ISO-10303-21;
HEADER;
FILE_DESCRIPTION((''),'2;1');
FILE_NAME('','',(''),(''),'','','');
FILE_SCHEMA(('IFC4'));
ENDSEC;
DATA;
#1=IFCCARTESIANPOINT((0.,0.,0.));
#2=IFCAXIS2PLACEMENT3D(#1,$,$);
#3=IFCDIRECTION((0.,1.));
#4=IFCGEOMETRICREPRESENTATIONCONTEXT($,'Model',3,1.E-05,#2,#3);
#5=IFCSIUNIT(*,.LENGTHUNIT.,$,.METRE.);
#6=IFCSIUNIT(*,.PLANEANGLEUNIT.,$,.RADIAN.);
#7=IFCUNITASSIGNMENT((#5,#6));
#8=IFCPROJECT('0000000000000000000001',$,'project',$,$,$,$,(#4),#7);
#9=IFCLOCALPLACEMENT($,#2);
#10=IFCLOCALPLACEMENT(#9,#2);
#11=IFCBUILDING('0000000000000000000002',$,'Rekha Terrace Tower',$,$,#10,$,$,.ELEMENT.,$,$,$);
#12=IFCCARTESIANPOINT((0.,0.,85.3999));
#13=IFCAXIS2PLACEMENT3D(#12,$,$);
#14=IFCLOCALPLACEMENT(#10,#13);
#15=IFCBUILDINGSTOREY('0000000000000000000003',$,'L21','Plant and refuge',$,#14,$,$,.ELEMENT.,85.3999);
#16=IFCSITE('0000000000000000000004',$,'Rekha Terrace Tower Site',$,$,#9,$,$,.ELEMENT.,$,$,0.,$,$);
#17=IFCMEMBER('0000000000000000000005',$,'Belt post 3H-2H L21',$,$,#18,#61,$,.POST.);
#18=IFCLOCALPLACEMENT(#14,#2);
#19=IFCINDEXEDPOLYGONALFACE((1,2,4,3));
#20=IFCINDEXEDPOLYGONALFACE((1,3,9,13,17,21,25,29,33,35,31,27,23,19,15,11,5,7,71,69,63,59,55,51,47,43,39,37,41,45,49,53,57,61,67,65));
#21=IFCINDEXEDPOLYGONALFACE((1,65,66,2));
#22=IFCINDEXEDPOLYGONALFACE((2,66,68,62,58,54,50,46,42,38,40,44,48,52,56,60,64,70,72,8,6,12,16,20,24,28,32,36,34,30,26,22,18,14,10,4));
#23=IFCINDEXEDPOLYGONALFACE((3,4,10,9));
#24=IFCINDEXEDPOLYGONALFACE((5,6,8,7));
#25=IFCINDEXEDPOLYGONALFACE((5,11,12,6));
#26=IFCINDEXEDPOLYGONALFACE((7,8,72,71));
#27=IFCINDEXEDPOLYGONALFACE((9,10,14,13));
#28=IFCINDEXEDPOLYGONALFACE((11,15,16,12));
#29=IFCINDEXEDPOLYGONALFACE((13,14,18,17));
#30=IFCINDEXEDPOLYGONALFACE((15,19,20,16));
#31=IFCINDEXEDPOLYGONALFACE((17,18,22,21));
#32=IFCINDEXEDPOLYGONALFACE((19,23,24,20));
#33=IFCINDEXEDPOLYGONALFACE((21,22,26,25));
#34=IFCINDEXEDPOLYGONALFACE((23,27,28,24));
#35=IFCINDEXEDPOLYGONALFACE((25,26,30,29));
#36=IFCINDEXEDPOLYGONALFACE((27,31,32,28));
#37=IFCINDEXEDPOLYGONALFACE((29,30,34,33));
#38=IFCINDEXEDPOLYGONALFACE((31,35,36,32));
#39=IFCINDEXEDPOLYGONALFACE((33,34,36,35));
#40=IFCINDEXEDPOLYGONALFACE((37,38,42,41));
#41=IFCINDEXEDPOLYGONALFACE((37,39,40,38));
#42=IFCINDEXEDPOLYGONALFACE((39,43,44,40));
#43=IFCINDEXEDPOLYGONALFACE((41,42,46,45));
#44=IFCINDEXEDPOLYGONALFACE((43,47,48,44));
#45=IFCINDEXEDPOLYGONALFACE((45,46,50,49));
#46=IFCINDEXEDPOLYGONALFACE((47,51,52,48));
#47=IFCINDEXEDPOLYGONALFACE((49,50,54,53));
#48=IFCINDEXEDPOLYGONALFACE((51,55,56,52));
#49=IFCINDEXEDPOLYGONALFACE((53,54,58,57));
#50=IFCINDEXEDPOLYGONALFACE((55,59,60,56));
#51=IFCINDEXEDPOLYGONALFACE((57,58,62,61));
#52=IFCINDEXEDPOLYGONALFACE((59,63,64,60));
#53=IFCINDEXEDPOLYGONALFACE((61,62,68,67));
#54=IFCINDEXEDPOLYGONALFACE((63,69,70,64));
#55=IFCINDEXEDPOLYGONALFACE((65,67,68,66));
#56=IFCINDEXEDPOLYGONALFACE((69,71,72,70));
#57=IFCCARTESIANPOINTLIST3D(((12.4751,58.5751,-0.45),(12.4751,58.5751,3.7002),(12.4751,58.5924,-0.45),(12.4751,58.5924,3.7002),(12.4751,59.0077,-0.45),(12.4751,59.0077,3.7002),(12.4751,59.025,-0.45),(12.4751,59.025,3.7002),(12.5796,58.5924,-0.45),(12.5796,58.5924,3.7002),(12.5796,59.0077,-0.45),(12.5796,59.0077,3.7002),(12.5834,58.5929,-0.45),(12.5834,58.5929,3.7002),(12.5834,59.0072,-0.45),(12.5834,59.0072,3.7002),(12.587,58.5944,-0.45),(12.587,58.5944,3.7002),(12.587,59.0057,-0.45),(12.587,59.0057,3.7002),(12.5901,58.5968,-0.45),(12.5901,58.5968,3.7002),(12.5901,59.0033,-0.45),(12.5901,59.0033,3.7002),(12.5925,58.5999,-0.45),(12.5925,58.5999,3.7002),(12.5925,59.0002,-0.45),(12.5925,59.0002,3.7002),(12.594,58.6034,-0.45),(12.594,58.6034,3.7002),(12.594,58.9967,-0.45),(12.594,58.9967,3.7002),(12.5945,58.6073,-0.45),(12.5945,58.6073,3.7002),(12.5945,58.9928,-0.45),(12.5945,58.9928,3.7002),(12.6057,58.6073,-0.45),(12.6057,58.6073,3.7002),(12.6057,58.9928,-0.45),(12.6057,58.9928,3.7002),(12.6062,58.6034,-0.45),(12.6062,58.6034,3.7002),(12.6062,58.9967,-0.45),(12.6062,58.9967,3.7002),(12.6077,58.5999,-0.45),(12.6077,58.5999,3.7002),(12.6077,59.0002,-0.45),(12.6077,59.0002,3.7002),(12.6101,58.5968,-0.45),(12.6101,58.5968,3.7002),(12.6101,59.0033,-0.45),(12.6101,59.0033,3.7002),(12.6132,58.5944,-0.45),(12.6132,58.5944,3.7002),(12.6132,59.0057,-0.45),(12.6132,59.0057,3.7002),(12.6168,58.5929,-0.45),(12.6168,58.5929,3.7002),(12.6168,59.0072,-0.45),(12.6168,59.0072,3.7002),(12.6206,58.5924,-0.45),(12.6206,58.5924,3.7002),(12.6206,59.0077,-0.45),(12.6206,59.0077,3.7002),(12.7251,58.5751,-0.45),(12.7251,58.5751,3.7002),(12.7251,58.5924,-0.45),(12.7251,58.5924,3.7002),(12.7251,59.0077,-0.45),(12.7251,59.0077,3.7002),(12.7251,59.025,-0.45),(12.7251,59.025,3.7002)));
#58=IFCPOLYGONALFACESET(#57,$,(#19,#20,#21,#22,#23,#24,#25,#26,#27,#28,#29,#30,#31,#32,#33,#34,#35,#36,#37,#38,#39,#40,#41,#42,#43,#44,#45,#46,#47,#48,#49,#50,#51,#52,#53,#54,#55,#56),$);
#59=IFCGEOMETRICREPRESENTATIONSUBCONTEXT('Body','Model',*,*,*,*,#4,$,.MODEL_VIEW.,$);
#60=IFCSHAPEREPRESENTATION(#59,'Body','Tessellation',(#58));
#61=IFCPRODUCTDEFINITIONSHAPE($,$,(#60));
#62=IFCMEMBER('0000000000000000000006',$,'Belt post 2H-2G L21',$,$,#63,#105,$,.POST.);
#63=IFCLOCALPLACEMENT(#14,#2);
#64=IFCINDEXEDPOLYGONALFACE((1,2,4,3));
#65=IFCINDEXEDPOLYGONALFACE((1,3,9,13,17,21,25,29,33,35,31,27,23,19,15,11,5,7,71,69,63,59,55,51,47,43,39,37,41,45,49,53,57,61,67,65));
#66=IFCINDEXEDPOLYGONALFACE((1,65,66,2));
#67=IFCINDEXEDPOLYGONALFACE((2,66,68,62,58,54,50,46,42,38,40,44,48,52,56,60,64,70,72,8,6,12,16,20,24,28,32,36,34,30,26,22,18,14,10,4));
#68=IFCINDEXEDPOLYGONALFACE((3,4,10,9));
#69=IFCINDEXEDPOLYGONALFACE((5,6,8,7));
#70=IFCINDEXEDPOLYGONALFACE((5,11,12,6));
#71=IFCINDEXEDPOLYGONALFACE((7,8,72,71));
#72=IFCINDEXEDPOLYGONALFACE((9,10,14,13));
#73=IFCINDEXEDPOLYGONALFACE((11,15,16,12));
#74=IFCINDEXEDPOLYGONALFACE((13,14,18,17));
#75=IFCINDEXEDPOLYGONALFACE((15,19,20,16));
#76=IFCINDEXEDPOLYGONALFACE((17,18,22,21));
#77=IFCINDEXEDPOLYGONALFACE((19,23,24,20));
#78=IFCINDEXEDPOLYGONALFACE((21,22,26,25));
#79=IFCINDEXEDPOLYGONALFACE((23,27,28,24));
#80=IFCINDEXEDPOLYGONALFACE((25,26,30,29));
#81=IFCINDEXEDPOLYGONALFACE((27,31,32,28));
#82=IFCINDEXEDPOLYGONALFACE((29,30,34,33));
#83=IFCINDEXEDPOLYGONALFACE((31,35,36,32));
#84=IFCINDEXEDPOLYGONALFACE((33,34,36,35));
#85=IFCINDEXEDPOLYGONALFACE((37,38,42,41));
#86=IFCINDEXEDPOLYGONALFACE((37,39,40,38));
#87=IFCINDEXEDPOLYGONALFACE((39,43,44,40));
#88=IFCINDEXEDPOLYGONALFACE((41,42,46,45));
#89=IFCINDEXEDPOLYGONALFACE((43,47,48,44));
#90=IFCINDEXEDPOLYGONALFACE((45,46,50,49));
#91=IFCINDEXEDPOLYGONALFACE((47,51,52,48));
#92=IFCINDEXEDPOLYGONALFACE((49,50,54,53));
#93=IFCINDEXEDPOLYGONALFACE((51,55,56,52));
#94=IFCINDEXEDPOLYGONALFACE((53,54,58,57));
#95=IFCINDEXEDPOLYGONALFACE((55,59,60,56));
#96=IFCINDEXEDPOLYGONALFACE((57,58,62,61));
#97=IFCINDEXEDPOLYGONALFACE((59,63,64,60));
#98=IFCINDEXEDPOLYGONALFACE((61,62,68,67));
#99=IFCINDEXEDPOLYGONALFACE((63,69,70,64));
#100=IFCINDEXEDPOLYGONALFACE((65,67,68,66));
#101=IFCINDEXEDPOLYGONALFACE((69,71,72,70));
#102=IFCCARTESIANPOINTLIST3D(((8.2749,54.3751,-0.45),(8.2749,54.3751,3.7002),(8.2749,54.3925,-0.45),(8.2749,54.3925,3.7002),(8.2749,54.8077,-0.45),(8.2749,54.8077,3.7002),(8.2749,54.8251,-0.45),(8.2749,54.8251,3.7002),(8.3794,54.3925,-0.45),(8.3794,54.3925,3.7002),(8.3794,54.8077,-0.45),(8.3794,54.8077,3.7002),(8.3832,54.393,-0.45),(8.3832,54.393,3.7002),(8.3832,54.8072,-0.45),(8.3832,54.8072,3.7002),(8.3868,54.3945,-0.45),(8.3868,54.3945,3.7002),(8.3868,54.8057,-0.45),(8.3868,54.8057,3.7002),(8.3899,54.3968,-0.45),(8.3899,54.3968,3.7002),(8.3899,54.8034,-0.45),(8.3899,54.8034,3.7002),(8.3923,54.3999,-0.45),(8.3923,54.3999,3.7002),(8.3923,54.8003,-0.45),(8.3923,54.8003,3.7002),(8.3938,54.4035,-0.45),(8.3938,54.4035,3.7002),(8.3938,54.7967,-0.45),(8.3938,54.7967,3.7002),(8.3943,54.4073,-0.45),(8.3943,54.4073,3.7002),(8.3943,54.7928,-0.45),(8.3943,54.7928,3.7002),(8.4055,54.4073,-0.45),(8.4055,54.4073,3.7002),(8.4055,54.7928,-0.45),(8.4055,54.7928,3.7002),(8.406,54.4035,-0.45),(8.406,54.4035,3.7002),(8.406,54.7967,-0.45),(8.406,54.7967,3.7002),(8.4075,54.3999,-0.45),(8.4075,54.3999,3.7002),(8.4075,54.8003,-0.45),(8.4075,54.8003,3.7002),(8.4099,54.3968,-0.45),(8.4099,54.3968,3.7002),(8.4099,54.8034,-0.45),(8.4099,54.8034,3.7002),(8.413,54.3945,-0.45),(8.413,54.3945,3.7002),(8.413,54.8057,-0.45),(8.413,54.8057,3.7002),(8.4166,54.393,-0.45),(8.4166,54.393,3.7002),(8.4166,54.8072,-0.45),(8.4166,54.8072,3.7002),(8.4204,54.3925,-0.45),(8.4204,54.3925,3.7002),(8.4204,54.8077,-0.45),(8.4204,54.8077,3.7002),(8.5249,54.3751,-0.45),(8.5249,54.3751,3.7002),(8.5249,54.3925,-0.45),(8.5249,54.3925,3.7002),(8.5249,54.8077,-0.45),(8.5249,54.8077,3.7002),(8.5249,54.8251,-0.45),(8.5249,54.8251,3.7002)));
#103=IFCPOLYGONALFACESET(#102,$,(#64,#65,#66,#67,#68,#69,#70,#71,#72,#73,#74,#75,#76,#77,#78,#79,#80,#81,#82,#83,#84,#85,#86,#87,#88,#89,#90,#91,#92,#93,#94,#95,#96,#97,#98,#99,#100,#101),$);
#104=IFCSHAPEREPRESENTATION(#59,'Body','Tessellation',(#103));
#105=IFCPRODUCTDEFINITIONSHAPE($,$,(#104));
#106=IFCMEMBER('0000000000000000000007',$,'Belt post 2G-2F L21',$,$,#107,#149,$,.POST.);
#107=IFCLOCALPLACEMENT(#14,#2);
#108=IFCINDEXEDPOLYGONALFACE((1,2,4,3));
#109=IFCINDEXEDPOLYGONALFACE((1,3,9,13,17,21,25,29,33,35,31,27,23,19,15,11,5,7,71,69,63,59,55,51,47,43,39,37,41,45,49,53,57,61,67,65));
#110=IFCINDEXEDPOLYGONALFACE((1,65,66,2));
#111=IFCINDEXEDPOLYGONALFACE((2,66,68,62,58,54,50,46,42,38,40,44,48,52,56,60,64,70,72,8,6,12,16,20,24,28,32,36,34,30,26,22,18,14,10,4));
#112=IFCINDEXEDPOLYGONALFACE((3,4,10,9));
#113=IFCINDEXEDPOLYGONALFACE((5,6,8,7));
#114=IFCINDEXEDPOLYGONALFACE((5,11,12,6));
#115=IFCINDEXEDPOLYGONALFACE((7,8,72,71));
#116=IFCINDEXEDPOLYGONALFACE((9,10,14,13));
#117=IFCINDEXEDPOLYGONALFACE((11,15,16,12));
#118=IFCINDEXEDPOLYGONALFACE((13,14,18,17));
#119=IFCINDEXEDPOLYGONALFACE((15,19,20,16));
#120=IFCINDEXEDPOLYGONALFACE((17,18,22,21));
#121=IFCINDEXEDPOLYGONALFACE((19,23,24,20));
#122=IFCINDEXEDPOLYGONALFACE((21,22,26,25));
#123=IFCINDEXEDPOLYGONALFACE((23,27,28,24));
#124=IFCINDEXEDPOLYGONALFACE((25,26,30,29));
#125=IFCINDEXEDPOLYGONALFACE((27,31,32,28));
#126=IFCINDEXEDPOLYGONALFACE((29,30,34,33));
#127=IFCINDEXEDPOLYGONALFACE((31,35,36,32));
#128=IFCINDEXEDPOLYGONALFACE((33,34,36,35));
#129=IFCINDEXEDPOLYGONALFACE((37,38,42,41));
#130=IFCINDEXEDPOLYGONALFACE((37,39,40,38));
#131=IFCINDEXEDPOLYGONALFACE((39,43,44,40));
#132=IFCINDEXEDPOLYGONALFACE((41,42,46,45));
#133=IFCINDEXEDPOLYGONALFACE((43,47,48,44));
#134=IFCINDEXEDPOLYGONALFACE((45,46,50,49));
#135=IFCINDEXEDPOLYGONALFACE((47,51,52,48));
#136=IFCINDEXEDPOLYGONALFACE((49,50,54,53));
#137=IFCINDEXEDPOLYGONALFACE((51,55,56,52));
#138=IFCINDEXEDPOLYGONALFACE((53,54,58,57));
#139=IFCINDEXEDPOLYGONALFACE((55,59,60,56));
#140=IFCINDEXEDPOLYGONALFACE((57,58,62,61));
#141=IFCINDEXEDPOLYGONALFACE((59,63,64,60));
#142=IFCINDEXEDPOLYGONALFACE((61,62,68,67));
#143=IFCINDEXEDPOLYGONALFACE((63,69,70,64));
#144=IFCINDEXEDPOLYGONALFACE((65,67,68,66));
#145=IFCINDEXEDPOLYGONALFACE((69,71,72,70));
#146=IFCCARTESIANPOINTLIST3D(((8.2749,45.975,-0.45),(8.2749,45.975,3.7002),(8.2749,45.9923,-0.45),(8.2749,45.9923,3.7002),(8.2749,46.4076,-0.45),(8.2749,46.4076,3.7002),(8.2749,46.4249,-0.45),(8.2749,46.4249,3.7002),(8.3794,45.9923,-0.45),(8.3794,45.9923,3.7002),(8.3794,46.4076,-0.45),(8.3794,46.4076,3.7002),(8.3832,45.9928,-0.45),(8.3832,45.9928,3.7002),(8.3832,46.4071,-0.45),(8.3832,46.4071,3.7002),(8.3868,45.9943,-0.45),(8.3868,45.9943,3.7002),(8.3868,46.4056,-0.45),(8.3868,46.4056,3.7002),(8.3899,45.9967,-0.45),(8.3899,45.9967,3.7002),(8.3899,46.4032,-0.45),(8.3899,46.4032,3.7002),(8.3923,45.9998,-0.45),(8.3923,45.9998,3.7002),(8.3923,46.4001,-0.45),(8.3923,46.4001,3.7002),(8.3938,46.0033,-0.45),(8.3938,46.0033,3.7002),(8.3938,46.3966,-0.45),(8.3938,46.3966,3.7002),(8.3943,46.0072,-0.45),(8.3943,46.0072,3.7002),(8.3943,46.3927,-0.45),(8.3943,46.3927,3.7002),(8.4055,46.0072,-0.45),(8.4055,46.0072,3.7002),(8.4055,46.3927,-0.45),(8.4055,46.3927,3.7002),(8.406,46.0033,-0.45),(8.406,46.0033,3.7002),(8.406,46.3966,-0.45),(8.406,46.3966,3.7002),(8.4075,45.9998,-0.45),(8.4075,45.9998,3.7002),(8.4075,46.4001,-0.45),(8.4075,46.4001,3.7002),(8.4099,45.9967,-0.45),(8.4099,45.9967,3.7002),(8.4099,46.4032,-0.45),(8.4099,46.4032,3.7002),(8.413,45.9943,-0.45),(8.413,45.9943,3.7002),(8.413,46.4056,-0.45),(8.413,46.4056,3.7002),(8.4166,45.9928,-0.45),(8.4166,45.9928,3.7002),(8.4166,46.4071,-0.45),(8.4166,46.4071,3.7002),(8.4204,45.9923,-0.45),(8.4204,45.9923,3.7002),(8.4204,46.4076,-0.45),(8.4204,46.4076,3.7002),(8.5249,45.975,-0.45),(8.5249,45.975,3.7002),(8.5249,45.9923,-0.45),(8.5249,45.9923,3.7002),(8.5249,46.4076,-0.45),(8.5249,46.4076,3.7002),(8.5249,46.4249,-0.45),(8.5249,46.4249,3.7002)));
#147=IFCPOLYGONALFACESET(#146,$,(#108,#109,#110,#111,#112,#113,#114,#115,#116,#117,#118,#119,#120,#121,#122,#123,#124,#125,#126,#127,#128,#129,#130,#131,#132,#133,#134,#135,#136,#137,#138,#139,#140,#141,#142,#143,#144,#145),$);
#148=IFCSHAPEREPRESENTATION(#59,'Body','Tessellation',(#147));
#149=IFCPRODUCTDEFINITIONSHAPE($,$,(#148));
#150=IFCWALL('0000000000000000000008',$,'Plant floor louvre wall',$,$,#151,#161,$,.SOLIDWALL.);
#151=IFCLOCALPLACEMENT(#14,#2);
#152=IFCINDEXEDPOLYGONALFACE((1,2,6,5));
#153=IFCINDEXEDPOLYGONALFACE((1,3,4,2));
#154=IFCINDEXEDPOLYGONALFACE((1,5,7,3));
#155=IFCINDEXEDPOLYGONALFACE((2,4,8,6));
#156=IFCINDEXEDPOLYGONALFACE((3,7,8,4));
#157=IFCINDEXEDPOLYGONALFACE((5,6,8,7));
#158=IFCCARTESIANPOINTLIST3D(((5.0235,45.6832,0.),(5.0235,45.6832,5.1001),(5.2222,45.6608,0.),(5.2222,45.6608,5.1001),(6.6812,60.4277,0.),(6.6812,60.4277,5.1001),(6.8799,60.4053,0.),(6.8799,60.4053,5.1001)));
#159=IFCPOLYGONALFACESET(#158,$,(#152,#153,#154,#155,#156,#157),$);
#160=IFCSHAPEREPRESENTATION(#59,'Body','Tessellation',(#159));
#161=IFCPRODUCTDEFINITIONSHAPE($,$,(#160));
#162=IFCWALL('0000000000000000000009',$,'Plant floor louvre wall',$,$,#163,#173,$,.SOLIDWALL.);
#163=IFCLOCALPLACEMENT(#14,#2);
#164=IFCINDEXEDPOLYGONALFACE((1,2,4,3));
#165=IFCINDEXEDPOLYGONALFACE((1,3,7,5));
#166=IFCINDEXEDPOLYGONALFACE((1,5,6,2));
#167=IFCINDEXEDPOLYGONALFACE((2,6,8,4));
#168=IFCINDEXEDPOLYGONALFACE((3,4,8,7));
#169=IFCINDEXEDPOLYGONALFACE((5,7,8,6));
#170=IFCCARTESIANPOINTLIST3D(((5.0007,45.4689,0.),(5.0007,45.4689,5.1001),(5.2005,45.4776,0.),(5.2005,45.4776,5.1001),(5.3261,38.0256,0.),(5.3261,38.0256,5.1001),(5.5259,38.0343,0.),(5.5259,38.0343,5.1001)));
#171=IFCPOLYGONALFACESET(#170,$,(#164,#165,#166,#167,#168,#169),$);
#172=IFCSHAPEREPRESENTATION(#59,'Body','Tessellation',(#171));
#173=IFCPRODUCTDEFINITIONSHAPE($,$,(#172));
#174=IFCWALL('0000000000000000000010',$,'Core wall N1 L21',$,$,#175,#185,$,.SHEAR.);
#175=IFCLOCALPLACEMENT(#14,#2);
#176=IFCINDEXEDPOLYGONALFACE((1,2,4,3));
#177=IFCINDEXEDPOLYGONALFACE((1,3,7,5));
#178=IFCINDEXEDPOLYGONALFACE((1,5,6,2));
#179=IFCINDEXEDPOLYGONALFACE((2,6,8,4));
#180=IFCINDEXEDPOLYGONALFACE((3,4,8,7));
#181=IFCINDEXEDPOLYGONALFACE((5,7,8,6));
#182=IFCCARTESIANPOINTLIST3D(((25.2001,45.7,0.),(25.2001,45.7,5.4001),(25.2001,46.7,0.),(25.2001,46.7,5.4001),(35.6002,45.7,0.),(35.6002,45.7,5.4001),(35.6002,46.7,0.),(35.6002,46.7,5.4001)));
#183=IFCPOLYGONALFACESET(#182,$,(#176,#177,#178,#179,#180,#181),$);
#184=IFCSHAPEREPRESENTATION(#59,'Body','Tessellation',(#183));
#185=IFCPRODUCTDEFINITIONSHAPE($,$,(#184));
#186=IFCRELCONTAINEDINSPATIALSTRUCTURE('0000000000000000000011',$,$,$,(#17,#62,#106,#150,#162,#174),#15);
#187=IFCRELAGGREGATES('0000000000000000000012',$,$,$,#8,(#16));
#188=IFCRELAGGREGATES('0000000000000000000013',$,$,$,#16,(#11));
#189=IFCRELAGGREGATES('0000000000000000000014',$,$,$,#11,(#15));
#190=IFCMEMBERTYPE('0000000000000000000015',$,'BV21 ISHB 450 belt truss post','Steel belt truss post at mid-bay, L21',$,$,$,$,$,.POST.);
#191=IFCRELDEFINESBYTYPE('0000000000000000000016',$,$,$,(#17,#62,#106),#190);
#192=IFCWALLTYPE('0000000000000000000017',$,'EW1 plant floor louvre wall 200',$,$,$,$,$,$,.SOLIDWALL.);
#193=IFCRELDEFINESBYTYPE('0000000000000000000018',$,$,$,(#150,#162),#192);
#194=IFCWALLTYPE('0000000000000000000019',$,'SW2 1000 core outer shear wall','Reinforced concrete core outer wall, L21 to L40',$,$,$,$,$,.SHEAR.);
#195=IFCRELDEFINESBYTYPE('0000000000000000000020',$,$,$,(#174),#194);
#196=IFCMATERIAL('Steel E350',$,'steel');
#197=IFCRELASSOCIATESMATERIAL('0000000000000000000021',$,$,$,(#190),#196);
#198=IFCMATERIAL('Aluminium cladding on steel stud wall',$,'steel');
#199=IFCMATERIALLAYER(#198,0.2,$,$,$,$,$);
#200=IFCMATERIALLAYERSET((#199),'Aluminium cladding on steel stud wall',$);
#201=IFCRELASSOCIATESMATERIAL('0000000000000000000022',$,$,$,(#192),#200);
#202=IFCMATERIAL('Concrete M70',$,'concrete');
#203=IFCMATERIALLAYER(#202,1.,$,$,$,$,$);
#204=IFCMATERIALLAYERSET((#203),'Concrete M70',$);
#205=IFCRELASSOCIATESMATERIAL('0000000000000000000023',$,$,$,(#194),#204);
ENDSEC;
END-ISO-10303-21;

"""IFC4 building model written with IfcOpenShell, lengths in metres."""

from ifc_helpers import new_model, si_unit, direction, frame, frame_2d, origin, origin_2d, place, context, subcontext, project, spatial, rectangle, i_section, extrude, material, layer, layer_set, material_profile, profile_set, type_object, element, save


model = new_model("IFC4")

# Units and contexts
model_context = context("Model", 3, precision=1e-05, world=origin(), true_north=direction((0.0, 1.0)))
body_context = subcontext(model_context, "Body", "Model", "MODEL_VIEW")
ifc_project = project(units=[si_unit("LENGTHUNIT", "METRE"), si_unit("PLANEANGLEUNIT", "RADIAN")], contexts=[model_context])

# Site, building, storey
site_placement = place(None, origin())
site = spatial("IfcSite", under=ifc_project, at=site_placement, Name="Rekha Terrace Tower Site", CompositionType="ELEMENT", RefElevation=0.0)
building_placement = place(site_placement, origin())
building = spatial("IfcBuilding", under=site, at=building_placement, Name="Rekha Terrace Tower", CompositionType="ELEMENT")
storey_placement = place(building_placement, frame((0.0, 0.0, 85.3999)))
storey = spatial("IfcBuildingStorey", under=building, at=storey_placement, Name="L21", Description="Plant and refuge", CompositionType="ELEMENT", Elevation=85.3999)

# Shared definitions
ifc_material_1 = material(Name="Concrete M70", Category="concrete")

# Members
ifc_material_2 = material(Name="Steel E350", Category="steel")
ifc_material_profile_1 = material_profile(ifc_material_2, i_section(OverallWidth=0.25, OverallDepth=0.45, WebThickness=0.0112, FlangeThickness=0.0173, FilletRadius=0.0149, at=origin_2d()), Name="ISHB 450")
ifc_profile_set_1 = profile_set([ifc_material_profile_1], Name="Steel E350")
member_type_1 = type_object("IfcMemberType", Name="BV21 ISHB 450 belt truss post", Description="Steel belt truss post at mid-bay, L21", PredefinedType="POST", material=ifc_profile_set_1)
for number, where, z_axis, x_axis, name in (
    (1, (12.6001, 58.8, -0.45), (0.0, 0.0, 1.0), (1.0, 0.0, 0.0), "Belt post 3H-2H L21"),
    (2, (8.3999, 54.6001, -0.45), (0.0, 0.0, 1.0), (1.0, 0.0, 0.0), "Belt post 2H-2G L21"),
    (3, (8.3999, 46.2, -0.45), (0.0, 0.0, 1.0), (1.0, 0.0, 0.0), "Belt post 2G-2F L21"),
):
    element("IfcMember", number, at=place(storey_placement, frame(where, z_axis=z_axis, x_axis=x_axis)), inside=storey, type_object=member_type_1, Name=name, PredefinedType="POST", context=body_context, shape_type="SweptSolid", body=[
        extrude(i_section(OverallWidth=0.25, OverallDepth=0.45, WebThickness=0.0112, FlangeThickness=0.0173, FilletRadius=0.0149, at=origin_2d()), origin(), (0.0, 0.0, 1.0), 4.1501),
    ])

# Walls
ifc_material_3 = material(Name="Aluminium cladding on steel stud wall", Category="steel")
ifc_layer_1 = layer(ifc_material_3, 0.2)
ifc_layer_set_1 = layer_set([ifc_layer_1], Name="Aluminium cladding on steel stud wall")
wall_type_1 = type_object("IfcWallType", Name="EW1 plant floor louvre wall 200", PredefinedType="SOLIDWALL", material=ifc_layer_set_1)
wall_1_placement = place(storey_placement, frame((6.7805, 60.4165, 0.0), z_axis=(0.0, 0.0, 1.0), x_axis=(-0.111724, -0.993739, 0.0)))
element("IfcWall", 4, at=wall_1_placement, inside=storey, type_object=wall_type_1, Name="Plant floor louvre wall", PredefinedType="SOLIDWALL", context=body_context, shape_type="SweptSolid", body=[
    extrude(rectangle(XDim=14.8374, YDim=0.2, at=frame_2d((7.4187, 0.0))), origin(), (0.0, 0.0, 1.0), 5.1001),
])
wall_2_placement = place(storey_placement, frame((5.1006, 45.4731, 0.0), z_axis=(0.0, 0.0, 1.0), x_axis=(0.04368, -0.999046, 0.0)))
element("IfcWall", 5, at=wall_2_placement, inside=storey, type_object=wall_type_1, Name="Plant floor louvre wall", PredefinedType="SOLIDWALL", context=body_context, shape_type="SweptSolid", body=[
    extrude(rectangle(XDim=7.4504, YDim=0.2, at=frame_2d((3.7251, 0.0))), origin(), (0.0, 0.0, 1.0), 5.1001),
])
ifc_layer_2 = layer(ifc_material_1, 1.0)
ifc_layer_set_2 = layer_set([ifc_layer_2], Name="Concrete M70")
wall_type_2 = type_object("IfcWallType", Name="SW2 1000 core outer shear wall", Description="Reinforced concrete core outer wall, L21 to L40", PredefinedType="SHEAR", material=ifc_layer_set_2)
wall_3_placement = place(storey_placement, frame((25.2, 46.2, 0.0), z_axis=(0.0, 0.0, 1.0), x_axis=(1.0, 0.0, 0.0)))
element("IfcWall", 6, at=wall_3_placement, inside=storey, type_object=wall_type_2, Name="Core wall N1 L21", PredefinedType="SHEAR", context=body_context, shape_type="SweptSolid", body=[
    extrude(rectangle(XDim=10.4001, YDim=1.0, at=frame_2d((5.2002, 0.0))), origin(), (0.0, 0.0, 1.0), 5.4001),
])

save(model, "model.ifc")
